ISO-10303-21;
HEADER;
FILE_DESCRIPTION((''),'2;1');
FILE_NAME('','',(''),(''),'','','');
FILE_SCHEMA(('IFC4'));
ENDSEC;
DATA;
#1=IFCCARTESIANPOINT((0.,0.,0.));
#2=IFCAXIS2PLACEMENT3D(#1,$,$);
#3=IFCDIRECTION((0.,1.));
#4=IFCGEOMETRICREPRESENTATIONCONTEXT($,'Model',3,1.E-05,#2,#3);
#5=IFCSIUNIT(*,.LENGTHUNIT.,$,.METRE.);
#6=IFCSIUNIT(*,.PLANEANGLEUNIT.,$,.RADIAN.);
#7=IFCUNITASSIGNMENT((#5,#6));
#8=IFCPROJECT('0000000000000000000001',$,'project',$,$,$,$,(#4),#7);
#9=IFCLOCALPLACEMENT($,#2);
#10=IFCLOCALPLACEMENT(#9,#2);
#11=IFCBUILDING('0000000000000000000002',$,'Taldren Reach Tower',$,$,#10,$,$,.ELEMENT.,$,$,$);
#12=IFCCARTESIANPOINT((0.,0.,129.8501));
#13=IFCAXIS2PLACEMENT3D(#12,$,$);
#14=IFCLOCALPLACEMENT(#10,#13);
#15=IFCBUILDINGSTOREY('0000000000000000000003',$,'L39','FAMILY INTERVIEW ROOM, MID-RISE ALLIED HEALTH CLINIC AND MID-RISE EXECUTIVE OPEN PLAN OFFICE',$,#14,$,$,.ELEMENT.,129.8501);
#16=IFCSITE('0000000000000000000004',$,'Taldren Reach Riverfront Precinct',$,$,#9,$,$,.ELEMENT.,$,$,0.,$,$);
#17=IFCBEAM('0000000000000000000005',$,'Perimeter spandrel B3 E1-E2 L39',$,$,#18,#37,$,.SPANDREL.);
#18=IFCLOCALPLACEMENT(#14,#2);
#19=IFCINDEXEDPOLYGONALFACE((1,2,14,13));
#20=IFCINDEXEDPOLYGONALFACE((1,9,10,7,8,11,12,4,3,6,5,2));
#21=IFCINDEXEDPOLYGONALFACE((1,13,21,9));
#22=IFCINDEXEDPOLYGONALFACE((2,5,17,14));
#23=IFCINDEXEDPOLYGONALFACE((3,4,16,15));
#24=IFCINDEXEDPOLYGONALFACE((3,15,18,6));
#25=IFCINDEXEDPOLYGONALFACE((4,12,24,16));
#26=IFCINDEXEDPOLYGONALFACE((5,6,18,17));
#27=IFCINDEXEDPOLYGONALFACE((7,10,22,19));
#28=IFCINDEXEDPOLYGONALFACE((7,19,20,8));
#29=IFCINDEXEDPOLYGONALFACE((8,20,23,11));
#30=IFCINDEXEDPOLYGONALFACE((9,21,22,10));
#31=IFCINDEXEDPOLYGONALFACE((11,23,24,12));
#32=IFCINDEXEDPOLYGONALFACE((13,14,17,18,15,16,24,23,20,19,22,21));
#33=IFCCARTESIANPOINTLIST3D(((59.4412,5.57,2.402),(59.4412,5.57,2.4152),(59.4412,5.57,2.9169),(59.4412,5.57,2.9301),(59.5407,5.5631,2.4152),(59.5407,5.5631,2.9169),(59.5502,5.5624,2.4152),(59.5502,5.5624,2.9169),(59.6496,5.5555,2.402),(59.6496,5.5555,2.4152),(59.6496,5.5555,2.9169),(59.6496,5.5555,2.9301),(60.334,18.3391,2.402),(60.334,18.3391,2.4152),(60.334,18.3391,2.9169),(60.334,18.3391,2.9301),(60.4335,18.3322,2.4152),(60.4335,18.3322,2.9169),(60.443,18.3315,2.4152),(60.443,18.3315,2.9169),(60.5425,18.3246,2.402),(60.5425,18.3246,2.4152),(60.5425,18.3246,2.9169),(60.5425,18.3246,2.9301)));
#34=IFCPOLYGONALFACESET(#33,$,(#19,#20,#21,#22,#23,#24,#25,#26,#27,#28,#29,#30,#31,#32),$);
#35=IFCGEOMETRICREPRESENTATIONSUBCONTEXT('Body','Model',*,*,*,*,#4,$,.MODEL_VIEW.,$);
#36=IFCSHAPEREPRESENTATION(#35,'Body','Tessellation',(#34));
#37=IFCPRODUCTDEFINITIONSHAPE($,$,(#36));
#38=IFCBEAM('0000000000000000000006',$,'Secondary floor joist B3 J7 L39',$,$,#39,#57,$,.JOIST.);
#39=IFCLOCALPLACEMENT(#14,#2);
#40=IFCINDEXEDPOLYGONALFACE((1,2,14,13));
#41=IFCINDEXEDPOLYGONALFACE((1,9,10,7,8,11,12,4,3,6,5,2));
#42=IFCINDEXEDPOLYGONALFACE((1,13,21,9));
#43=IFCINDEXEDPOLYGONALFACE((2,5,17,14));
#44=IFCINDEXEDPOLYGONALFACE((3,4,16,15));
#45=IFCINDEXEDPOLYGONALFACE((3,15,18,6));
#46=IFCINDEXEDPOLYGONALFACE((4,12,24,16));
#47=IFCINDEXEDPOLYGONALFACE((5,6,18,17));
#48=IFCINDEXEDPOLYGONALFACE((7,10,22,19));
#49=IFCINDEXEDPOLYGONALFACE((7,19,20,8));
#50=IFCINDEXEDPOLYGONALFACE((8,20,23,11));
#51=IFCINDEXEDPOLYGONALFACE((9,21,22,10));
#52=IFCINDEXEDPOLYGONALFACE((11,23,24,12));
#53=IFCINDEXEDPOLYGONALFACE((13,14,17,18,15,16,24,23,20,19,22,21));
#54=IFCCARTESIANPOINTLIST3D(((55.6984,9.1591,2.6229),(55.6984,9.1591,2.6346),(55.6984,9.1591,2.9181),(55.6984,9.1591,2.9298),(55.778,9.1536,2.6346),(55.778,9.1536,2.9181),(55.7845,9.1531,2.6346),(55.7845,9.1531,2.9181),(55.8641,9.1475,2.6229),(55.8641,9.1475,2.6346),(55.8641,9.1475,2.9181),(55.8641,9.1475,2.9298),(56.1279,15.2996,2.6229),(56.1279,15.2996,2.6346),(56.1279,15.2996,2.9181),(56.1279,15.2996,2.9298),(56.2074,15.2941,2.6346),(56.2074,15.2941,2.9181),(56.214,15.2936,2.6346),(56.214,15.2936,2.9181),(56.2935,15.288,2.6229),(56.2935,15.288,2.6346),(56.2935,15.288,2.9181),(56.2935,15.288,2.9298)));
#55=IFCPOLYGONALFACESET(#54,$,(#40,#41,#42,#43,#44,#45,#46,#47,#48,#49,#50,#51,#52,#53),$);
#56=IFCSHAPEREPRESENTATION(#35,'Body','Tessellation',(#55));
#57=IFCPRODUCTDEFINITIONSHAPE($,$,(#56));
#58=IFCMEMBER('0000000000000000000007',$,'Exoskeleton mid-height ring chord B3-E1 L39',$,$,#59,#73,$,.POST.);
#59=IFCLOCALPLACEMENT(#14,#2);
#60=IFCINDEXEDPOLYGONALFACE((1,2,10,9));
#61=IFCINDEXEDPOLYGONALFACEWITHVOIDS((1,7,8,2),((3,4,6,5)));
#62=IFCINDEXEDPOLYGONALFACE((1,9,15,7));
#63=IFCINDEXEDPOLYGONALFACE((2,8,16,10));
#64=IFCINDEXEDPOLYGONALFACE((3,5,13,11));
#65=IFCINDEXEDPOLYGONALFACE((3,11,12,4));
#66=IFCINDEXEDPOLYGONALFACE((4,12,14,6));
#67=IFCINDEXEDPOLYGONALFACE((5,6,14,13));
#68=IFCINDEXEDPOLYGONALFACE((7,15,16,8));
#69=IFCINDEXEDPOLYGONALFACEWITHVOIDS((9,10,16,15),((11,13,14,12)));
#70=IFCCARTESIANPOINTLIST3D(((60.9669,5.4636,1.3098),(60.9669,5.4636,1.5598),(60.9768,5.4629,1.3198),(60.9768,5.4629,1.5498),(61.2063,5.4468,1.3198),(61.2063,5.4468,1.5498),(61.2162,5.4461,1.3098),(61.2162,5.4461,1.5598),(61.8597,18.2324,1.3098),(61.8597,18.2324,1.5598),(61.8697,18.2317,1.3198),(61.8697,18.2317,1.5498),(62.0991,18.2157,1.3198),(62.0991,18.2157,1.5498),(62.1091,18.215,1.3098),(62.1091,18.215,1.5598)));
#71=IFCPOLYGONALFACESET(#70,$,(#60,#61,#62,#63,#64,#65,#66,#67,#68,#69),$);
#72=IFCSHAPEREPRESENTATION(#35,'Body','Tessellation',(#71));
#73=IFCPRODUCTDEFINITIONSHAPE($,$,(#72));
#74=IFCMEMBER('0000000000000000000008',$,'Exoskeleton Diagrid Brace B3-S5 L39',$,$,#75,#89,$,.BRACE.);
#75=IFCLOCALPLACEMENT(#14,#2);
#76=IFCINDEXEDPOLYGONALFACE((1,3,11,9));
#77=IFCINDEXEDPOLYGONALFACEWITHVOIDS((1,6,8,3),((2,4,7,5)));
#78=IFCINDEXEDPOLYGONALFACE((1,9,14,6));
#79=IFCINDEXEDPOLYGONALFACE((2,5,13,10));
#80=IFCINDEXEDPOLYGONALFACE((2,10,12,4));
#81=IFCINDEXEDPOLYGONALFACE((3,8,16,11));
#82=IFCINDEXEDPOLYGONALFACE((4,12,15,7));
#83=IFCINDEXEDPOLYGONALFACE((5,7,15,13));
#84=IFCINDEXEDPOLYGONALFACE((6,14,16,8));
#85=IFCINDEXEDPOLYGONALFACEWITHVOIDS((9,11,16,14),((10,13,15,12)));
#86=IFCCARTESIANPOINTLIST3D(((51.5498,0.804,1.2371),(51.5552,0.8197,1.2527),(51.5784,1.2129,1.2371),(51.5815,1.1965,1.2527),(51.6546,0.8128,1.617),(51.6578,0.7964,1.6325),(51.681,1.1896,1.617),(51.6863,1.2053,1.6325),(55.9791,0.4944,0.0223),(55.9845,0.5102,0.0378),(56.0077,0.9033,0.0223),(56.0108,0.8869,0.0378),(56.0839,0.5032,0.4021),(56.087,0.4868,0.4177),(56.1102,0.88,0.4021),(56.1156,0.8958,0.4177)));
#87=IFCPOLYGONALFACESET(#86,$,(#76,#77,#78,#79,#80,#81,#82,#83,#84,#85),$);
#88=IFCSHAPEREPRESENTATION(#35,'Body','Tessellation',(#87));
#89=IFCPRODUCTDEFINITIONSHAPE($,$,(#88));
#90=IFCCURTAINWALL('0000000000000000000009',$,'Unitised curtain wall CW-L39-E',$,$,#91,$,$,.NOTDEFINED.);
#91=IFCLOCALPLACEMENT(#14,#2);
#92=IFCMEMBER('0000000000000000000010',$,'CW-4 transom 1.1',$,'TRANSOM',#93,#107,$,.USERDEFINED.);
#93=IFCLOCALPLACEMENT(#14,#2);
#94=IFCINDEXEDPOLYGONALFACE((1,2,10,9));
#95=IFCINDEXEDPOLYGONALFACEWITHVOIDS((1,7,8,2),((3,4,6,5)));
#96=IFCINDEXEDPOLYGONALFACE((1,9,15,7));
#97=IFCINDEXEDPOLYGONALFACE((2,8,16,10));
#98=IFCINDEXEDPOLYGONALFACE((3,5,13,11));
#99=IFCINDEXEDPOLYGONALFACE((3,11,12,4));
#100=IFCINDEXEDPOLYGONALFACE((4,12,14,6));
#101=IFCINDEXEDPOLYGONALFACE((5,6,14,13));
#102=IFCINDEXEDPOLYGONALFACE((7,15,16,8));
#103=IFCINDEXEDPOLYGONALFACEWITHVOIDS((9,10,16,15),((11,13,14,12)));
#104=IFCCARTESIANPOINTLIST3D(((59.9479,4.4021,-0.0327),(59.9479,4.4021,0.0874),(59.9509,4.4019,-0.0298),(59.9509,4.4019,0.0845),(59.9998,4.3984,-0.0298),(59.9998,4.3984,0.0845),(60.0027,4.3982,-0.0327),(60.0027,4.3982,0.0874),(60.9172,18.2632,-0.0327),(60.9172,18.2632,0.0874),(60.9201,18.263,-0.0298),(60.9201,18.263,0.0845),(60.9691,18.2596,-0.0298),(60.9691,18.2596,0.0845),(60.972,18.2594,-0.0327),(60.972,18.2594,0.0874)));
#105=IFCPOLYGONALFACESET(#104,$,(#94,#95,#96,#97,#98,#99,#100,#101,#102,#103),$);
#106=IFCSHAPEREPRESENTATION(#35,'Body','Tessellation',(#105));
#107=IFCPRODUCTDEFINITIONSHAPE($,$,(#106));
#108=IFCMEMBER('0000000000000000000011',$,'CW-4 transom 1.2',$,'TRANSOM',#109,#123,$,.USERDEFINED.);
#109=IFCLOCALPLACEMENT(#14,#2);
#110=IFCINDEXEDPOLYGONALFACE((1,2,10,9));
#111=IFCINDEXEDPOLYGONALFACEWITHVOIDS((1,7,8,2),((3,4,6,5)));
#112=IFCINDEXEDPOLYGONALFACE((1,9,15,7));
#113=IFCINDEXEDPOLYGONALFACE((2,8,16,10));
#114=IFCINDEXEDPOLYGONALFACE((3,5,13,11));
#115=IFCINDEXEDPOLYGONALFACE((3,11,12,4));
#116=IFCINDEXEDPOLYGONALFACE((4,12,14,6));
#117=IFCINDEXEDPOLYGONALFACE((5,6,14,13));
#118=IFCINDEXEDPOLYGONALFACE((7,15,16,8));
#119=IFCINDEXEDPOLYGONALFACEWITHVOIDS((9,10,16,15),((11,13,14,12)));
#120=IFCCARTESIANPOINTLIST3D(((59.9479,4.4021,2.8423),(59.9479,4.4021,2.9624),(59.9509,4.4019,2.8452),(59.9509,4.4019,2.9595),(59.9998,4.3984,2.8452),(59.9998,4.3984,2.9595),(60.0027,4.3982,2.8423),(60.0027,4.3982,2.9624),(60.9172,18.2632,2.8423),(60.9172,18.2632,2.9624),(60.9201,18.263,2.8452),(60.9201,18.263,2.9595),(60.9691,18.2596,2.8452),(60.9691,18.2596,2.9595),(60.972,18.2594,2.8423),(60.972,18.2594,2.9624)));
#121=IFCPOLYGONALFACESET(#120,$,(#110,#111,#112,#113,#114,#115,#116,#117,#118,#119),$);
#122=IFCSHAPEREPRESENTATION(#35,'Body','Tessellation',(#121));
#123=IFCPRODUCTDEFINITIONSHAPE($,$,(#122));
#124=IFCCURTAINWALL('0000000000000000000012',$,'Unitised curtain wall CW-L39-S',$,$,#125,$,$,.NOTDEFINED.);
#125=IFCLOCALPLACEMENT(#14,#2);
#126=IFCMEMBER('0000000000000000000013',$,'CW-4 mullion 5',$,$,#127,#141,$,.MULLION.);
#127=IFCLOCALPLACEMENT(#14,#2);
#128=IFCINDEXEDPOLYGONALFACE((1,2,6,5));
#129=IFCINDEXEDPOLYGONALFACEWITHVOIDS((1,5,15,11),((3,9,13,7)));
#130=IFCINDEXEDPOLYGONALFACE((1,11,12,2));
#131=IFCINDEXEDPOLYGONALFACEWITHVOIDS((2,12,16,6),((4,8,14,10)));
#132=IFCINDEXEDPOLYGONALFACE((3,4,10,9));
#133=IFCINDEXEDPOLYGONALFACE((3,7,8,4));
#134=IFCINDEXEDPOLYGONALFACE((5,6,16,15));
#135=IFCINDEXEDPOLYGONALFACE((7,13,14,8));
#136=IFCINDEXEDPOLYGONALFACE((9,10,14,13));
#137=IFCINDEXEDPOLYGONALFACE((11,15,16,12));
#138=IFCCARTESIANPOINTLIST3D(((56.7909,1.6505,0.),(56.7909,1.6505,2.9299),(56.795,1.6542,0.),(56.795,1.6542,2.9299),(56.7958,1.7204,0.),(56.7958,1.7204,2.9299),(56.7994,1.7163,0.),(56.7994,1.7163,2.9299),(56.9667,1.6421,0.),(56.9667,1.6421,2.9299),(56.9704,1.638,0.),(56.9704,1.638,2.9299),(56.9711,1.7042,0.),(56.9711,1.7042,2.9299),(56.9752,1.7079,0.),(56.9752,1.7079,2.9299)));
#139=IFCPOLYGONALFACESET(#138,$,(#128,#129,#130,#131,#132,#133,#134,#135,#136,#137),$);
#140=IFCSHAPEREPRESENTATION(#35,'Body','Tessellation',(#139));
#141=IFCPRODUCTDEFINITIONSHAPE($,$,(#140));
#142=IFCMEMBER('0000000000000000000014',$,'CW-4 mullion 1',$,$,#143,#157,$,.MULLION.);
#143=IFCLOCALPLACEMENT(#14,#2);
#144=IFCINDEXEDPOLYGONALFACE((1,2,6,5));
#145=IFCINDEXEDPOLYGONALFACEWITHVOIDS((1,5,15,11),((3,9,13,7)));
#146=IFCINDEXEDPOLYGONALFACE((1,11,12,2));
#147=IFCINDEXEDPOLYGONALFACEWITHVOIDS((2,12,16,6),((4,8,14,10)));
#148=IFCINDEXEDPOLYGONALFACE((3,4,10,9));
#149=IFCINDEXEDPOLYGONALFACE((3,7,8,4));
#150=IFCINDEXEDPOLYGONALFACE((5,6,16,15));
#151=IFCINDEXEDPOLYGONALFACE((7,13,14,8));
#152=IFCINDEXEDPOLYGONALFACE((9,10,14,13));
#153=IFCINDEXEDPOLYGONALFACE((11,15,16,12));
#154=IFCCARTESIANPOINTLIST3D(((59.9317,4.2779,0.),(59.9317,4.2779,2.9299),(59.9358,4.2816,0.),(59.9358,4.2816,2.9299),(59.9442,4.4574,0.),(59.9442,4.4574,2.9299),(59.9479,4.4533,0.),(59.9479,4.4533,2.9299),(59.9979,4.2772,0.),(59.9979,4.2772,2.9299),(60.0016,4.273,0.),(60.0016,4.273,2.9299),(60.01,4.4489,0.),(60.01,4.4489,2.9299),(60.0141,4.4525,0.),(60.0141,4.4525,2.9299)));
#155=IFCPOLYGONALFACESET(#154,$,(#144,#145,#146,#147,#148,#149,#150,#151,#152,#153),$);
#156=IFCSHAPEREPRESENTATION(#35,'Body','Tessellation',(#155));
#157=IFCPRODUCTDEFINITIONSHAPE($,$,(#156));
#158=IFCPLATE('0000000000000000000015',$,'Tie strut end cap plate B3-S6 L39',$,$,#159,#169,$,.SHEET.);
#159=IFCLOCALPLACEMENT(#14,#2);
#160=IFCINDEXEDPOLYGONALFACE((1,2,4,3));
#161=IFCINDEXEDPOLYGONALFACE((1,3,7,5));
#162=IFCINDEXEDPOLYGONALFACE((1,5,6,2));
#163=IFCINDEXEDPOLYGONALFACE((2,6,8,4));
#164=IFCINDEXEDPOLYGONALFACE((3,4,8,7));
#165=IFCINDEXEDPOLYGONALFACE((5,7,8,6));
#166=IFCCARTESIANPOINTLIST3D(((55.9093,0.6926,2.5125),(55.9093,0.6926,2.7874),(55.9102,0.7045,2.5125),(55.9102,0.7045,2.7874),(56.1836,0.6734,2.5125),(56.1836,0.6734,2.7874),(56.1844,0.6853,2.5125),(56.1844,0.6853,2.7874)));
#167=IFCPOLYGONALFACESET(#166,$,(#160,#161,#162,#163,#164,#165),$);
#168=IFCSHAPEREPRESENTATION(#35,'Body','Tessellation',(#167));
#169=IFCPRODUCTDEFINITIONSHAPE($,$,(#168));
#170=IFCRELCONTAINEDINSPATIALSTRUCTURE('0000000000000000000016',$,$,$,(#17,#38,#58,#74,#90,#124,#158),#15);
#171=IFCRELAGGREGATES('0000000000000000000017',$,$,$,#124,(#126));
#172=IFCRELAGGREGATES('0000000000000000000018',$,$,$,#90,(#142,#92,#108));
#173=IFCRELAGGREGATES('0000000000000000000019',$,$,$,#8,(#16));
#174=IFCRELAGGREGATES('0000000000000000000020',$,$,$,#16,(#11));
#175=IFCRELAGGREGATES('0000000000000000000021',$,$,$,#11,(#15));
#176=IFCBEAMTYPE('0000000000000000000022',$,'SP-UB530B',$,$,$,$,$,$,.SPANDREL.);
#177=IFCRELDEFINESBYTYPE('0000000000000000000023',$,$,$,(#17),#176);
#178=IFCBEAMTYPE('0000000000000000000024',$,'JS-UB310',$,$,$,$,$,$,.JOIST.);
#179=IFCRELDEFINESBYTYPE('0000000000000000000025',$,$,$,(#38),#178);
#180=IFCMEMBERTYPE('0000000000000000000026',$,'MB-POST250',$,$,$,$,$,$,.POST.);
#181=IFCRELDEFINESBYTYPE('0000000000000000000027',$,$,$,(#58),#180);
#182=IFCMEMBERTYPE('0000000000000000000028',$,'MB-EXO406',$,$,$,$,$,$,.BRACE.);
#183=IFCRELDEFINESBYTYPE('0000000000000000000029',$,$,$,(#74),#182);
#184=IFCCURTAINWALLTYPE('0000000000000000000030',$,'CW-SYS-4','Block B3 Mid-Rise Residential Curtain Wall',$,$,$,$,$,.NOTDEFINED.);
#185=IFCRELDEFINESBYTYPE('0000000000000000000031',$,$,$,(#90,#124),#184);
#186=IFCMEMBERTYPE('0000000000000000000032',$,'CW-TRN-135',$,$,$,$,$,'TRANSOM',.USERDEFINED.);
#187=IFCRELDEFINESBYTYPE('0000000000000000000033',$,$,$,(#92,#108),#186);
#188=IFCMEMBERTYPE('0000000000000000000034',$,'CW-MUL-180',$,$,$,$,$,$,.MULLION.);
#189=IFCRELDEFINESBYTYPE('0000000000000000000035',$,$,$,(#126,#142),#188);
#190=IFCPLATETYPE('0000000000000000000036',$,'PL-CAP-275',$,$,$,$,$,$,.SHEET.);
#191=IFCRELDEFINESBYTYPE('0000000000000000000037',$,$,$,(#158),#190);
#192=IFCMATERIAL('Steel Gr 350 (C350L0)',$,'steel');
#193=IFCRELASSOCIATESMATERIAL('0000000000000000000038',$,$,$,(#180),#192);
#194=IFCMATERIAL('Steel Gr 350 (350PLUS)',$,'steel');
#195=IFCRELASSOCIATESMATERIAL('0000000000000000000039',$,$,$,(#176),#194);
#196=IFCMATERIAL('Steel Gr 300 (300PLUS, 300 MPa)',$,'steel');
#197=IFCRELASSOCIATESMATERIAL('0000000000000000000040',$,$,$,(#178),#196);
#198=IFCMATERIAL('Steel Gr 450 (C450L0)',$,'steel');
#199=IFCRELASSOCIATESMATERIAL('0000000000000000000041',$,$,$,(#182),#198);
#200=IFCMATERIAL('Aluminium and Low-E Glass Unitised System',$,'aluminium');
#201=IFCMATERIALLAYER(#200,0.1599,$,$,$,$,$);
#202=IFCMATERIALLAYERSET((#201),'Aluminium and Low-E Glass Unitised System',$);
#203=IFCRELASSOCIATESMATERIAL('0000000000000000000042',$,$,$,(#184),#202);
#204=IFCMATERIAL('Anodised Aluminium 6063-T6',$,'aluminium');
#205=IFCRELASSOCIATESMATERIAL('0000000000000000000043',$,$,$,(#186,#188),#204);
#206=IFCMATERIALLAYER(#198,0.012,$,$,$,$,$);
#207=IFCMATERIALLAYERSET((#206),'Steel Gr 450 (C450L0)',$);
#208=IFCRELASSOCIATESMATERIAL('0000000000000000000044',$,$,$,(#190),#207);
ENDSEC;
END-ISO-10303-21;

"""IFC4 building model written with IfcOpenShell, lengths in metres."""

from ifc_helpers import new_model, si_unit, direction, frame, origin, origin_2d, place, context, subcontext, project, spatial, rectangle, hollow_rectangle, i_section, extrude, source, transform, mapped, material, layer, layer_set, material_profile, profile_set, type_object, element, aggregate, save


model = new_model("IFC4")

# Units and contexts
model_context = context("Model", 3, precision=1e-05, world=origin(), true_north=direction((0.0, 1.0)))
body_context = subcontext(model_context, "Body", "Model", "MODEL_VIEW")
ifc_project = project(units=[si_unit("LENGTHUNIT", "METRE"), si_unit("PLANEANGLEUNIT", "RADIAN")], contexts=[model_context])

# Site, building, storey
site_placement = place(None, origin())
site = spatial("IfcSite", under=ifc_project, at=site_placement, Name="Taldren Reach Riverfront Precinct", CompositionType="ELEMENT", RefElevation=0.0)
building_placement = place(site_placement, origin())
building = spatial("IfcBuilding", under=site, at=building_placement, Name="Taldren Reach Tower", CompositionType="ELEMENT")
storey_placement = place(building_placement, frame((0.0, 0.0, 129.8501)))
storey = spatial("IfcBuildingStorey", under=building, at=storey_placement, Name="L39", Description="FAMILY INTERVIEW ROOM, MID-RISE ALLIED HEALTH CLINIC AND MID-RISE EXECUTIVE OPEN PLAN OFFICE", CompositionType="ELEMENT", Elevation=129.8501)

# Shared definitions
ifc_material_1 = material(Name="Steel Gr 450 (C450L0)", Category="steel")
ifc_material_2 = material(Name="Steel Gr 350 (350PLUS)", Category="steel")

# Shared definitions
ifc_material_3 = material(Name="Steel Gr 350 (C350L0)", Category="steel")
ifc_material_profile_1 = material_profile(ifc_material_3, hollow_rectangle(XDim=0.25, YDim=0.25, WallThickness=0.01, at=origin_2d()), Name="250x250x10.0SHS")
ifc_profile_set_1 = profile_set([ifc_material_profile_1], Name="Steel Gr 350 (C350L0)")
member_type_1 = type_object("IfcMemberType", Name="MB-POST250", PredefinedType="POST", material=ifc_profile_set_1)

# Beams
ifc_material_profile_2 = material_profile(ifc_material_2, i_section(OverallWidth=0.209, OverallDepth=0.5281, WebThickness=0.0095, FlangeThickness=0.0132, at=origin_2d()), Name="530UB82.0")
ifc_profile_set_2 = profile_set([ifc_material_profile_2], Name="Steel Gr 350 (350PLUS)")
beam_type_1 = type_object("IfcBeamType", Name="SP-UB530B", PredefinedType="SPANDREL", material=ifc_profile_set_2)
shared_shape_1 = source(origin(), body_context, "Body", "SweptSolid", [
    extrude(i_section(OverallWidth=0.209, OverallDepth=0.5281, WebThickness=0.0095, FlangeThickness=0.0132, at=origin_2d()), origin(), (0.0, 0.0, 1.0), 12.8003),
])
beam_1_placement = place(storey_placement, frame((59.5454, 5.5627, 2.666), z_axis=(0.069751, 0.997564, 0.0), x_axis=(-0.997564, 0.069751, 0.0)))
element("IfcBeam", 1, at=beam_1_placement, inside=storey, type_object=beam_type_1, Name="Perimeter spandrel B3 E1-E2 L39", PredefinedType="SPANDREL", context=body_context, shape_type="MappedRepresentation", body=[
    mapped(shared_shape_1, transform((0.0, 0.0, 0.0), scale=1.0)),
])
ifc_material_4 = material(Name="Steel Gr 300 (300PLUS, 300 MPa)", Category="steel")
ifc_material_profile_3 = material_profile(ifc_material_4, i_section(OverallWidth=0.166, OverallDepth=0.3069, WebThickness=0.0066, FlangeThickness=0.0117, at=origin_2d()), Name="310UB46.2")
ifc_profile_set_3 = profile_set([ifc_material_profile_3], Name="Steel Gr 300 (300PLUS, 300 MPa)")
beam_type_2 = type_object("IfcBeamType", Name="JS-UB310", PredefinedType="JOIST", material=ifc_profile_set_3)
shared_shape_2 = source(origin(), body_context, "Body", "SweptSolid", [
    extrude(i_section(OverallWidth=0.166, OverallDepth=0.3069, WebThickness=0.0066, FlangeThickness=0.0117, at=origin_2d()), origin(), (0.0, 0.0, 1.0), 6.1555),
])
beam_2_placement = place(storey_placement, frame((55.7812, 9.1533, 2.7764), z_axis=(0.069764, 0.997563, 0.0), x_axis=(-0.997563, 0.069764, 0.0)))
element("IfcBeam", 2, at=beam_2_placement, inside=storey, type_object=beam_type_2, Name="Secondary floor joist B3 J7 L39", PredefinedType="JOIST", context=body_context, shape_type="MappedRepresentation", body=[
    mapped(shared_shape_2, transform((0.0, 0.0, 0.0), scale=1.0)),
])

# Members
shared_shape_3 = source(origin(), body_context, "Body", "SweptSolid", [
    extrude(hollow_rectangle(XDim=0.25, YDim=0.25, WallThickness=0.01, at=origin_2d()), origin(), (0.0, 0.0, 1.0), 12.8),
])
member_1_placement = place(storey_placement, frame((61.0916, 5.4548, 1.4348), z_axis=(0.069752, 0.997564, 0.0), x_axis=(-0.997564, 0.069752, 0.0)))
element("IfcMember", 3, at=member_1_placement, inside=storey, type_object=member_type_1, Name="Exoskeleton mid-height ring chord B3-E1 L39", PredefinedType="POST", context=body_context, shape_type="MappedRepresentation", body=[
    mapped(shared_shape_3, transform((0.0, 0.0, 0.0), scale=1.0)),
])
ifc_material_profile_4 = material_profile(ifc_material_1, hollow_rectangle(XDim=0.4099, YDim=0.4099, WallThickness=0.0161, at=origin_2d()), Name="410x410x16.0SHS")
ifc_profile_set_4 = profile_set([ifc_material_profile_4], Name="Steel Gr 450 (C450L0)")
member_type_2 = type_object("IfcMemberType", Name="MB-EXO406", PredefinedType="BRACE", material=ifc_profile_set_4)
shared_shape_4 = source(origin(), body_context, "Body", "SweptSolid", [
    extrude(hollow_rectangle(XDim=0.4099, YDim=0.4099, WallThickness=0.0161, at=origin_2d()), origin(), (0.0, 0.0, 1.0), 4.6033),
])
member_2_placement = place(storey_placement, frame((56.0474, 0.6951, 0.22), z_axis=(-0.962199, 0.067251, 0.263913), x_axis=(-0.069723, -0.997566, 0.0)))
element("IfcMember", 4, at=member_2_placement, inside=storey, type_object=member_type_2, Name="Exoskeleton Diagrid Brace B3-S5 L39", PredefinedType="BRACE", context=body_context, shape_type="MappedRepresentation", body=[
    mapped(shared_shape_4, transform((0.0, 0.0, 0.0), scale=1.0)),
])

# Curtain wall, members
ifc_material_5 = material(Name="Aluminium and Low-E Glass Unitised System", Category="aluminium")
ifc_layer_1 = layer(ifc_material_5, 0.1599)
ifc_layer_set_1 = layer_set([ifc_layer_1], Name="Aluminium and Low-E Glass Unitised System")
curtain_wall_type = type_object("IfcCurtainWallType", Name="CW-SYS-4", Description="Block B3 Mid-Rise Residential Curtain Wall", PredefinedType="NOTDEFINED", material=ifc_layer_set_1)
curtain_wall_1_placement = place(storey_placement, origin())
curtain_wall_1 = element("IfcCurtainWall", 5, at=curtain_wall_1_placement, inside=storey, type_object=curtain_wall_type, Name="Unitised curtain wall CW-L39-E", PredefinedType="NOTDEFINED")
ifc_material_6 = material(Name="Anodised Aluminium 6063-T6", Category="aluminium")
ifc_material_profile_5 = material_profile(ifc_material_6, hollow_rectangle(XDim=0.0549, YDim=0.1201, WallThickness=0.0029, at=origin_2d()), Name="ALU-120x55x3RHS")
ifc_profile_set_5 = profile_set([ifc_material_profile_5], Name="Anodised Aluminium 6063-T6")
member_type_3 = type_object("IfcMemberType", Name="CW-TRN-135", ElementType="TRANSOM", PredefinedType="USERDEFINED", material=ifc_profile_set_5)
shared_shape_5 = source(origin(), body_context, "Body", "SweptSolid", [
    extrude(hollow_rectangle(XDim=0.0549, YDim=0.1201, WallThickness=0.0029, at=origin_2d()), origin(), (0.0, 0.0, 1.0), 13.895),
])
member_3_placement = place(storey_placement, frame((59.9753, 4.4001, 0.0273), z_axis=(0.069755, 0.997564, 0.0), x_axis=(-0.997564, 0.069755, 0.0)))
member_3 = element("IfcMember", 6, at=member_3_placement, type_object=member_type_3, Name="CW-4 transom 1.1", ObjectType="TRANSOM", PredefinedType="USERDEFINED", context=body_context, shape_type="MappedRepresentation", body=[
    mapped(shared_shape_5, transform((0.0, 0.0, 0.0), scale=1.0)),
])
member_4_placement = place(storey_placement, frame((59.9753, 4.4001, 2.9023), z_axis=(0.069755, 0.997564, 0.0), x_axis=(-0.997564, 0.069755, 0.0)))
member_4 = element("IfcMember", 7, at=member_4_placement, type_object=member_type_3, Name="CW-4 transom 1.2", ObjectType="TRANSOM", PredefinedType="USERDEFINED", context=body_context, shape_type="MappedRepresentation", body=[
    mapped(shared_shape_5, transform((0.0, 0.0, 0.0), scale=1.0)),
])

# Curtain wall, member
curtain_wall_2_placement = place(storey_placement, origin())
curtain_wall_2 = element("IfcCurtainWall", 8, at=curtain_wall_2_placement, inside=storey, type_object=curtain_wall_type, Name="Unitised curtain wall CW-L39-S", PredefinedType="NOTDEFINED")
ifc_material_profile_6 = material_profile(ifc_material_6, hollow_rectangle(XDim=0.0701, YDim=0.1799, WallThickness=0.0039, at=origin_2d()), Name="ALU-180x70x4RHS")
ifc_profile_set_6 = profile_set([ifc_material_profile_6], Name="Anodised Aluminium 6063-T6")
member_type_4 = type_object("IfcMemberType", Name="CW-MUL-180", PredefinedType="MULLION", material=ifc_profile_set_6)
shared_shape_6 = source(origin(), body_context, "Body", "SweptSolid", [
    extrude(hollow_rectangle(XDim=0.0701, YDim=0.1799, WallThickness=0.0039, at=origin_2d()), origin(), (0.0, 0.0, 1.0), 2.9299),
])
member_5_placement = place(storey_placement, frame((56.8831, 1.6792, 0.0), z_axis=(0.0, 0.0, 1.0), x_axis=(0.069757, 0.997564, 0.0)))
member_5 = element("IfcMember", 9, at=member_5_placement, type_object=member_type_4, Name="CW-4 mullion 5", PredefinedType="MULLION", context=body_context, shape_type="MappedRepresentation", body=[
    mapped(shared_shape_6, transform((0.0, 0.0, 0.0), scale=1.0)),
])

# Member
member_6_placement = place(storey_placement, frame((59.9729, 4.3652, 0.0), z_axis=(0.0, 0.0, 1.0), x_axis=(-0.997564, 0.069756, 0.0)))
member_6 = element("IfcMember", 10, at=member_6_placement, type_object=member_type_4, Name="CW-4 mullion 1", PredefinedType="MULLION", context=body_context, shape_type="MappedRepresentation", body=[
    mapped(shared_shape_6, transform((0.0, 0.0, 0.0), scale=1.0)),
])

# Plate
ifc_layer_2 = layer(ifc_material_1, 0.012)
ifc_layer_set_2 = layer_set([ifc_layer_2], Name="Steel Gr 450 (C450L0)")
plate_type_1 = type_object("IfcPlateType", Name="PL-CAP-275", PredefinedType="SHEET", material=ifc_layer_set_2)
shared_shape_7 = source(origin(), body_context, "Body", "SweptSolid", [
    extrude(rectangle(XDim=0.2749, YDim=0.012, at=origin_2d()), origin(), (0.0, 0.0, 1.0), 0.2749),
])
plate_1_placement = place(storey_placement, frame((56.0469, 0.689, 2.5125), z_axis=(0.0, 0.0, 1.0), x_axis=(0.997564, -0.069756, 0.0)))
element("IfcPlate", 11, at=plate_1_placement, inside=storey, type_object=plate_type_1, Name="Tie strut end cap plate B3-S6 L39", PredefinedType="SHEET", context=body_context, shape_type="MappedRepresentation", body=[
    mapped(shared_shape_7, transform((0.0, 0.0, 0.0), scale=1.0)),
])

aggregate(curtain_wall_2, [member_5])
aggregate(curtain_wall_1, [member_6, member_3, member_4])

save(model, "model.ifc")
